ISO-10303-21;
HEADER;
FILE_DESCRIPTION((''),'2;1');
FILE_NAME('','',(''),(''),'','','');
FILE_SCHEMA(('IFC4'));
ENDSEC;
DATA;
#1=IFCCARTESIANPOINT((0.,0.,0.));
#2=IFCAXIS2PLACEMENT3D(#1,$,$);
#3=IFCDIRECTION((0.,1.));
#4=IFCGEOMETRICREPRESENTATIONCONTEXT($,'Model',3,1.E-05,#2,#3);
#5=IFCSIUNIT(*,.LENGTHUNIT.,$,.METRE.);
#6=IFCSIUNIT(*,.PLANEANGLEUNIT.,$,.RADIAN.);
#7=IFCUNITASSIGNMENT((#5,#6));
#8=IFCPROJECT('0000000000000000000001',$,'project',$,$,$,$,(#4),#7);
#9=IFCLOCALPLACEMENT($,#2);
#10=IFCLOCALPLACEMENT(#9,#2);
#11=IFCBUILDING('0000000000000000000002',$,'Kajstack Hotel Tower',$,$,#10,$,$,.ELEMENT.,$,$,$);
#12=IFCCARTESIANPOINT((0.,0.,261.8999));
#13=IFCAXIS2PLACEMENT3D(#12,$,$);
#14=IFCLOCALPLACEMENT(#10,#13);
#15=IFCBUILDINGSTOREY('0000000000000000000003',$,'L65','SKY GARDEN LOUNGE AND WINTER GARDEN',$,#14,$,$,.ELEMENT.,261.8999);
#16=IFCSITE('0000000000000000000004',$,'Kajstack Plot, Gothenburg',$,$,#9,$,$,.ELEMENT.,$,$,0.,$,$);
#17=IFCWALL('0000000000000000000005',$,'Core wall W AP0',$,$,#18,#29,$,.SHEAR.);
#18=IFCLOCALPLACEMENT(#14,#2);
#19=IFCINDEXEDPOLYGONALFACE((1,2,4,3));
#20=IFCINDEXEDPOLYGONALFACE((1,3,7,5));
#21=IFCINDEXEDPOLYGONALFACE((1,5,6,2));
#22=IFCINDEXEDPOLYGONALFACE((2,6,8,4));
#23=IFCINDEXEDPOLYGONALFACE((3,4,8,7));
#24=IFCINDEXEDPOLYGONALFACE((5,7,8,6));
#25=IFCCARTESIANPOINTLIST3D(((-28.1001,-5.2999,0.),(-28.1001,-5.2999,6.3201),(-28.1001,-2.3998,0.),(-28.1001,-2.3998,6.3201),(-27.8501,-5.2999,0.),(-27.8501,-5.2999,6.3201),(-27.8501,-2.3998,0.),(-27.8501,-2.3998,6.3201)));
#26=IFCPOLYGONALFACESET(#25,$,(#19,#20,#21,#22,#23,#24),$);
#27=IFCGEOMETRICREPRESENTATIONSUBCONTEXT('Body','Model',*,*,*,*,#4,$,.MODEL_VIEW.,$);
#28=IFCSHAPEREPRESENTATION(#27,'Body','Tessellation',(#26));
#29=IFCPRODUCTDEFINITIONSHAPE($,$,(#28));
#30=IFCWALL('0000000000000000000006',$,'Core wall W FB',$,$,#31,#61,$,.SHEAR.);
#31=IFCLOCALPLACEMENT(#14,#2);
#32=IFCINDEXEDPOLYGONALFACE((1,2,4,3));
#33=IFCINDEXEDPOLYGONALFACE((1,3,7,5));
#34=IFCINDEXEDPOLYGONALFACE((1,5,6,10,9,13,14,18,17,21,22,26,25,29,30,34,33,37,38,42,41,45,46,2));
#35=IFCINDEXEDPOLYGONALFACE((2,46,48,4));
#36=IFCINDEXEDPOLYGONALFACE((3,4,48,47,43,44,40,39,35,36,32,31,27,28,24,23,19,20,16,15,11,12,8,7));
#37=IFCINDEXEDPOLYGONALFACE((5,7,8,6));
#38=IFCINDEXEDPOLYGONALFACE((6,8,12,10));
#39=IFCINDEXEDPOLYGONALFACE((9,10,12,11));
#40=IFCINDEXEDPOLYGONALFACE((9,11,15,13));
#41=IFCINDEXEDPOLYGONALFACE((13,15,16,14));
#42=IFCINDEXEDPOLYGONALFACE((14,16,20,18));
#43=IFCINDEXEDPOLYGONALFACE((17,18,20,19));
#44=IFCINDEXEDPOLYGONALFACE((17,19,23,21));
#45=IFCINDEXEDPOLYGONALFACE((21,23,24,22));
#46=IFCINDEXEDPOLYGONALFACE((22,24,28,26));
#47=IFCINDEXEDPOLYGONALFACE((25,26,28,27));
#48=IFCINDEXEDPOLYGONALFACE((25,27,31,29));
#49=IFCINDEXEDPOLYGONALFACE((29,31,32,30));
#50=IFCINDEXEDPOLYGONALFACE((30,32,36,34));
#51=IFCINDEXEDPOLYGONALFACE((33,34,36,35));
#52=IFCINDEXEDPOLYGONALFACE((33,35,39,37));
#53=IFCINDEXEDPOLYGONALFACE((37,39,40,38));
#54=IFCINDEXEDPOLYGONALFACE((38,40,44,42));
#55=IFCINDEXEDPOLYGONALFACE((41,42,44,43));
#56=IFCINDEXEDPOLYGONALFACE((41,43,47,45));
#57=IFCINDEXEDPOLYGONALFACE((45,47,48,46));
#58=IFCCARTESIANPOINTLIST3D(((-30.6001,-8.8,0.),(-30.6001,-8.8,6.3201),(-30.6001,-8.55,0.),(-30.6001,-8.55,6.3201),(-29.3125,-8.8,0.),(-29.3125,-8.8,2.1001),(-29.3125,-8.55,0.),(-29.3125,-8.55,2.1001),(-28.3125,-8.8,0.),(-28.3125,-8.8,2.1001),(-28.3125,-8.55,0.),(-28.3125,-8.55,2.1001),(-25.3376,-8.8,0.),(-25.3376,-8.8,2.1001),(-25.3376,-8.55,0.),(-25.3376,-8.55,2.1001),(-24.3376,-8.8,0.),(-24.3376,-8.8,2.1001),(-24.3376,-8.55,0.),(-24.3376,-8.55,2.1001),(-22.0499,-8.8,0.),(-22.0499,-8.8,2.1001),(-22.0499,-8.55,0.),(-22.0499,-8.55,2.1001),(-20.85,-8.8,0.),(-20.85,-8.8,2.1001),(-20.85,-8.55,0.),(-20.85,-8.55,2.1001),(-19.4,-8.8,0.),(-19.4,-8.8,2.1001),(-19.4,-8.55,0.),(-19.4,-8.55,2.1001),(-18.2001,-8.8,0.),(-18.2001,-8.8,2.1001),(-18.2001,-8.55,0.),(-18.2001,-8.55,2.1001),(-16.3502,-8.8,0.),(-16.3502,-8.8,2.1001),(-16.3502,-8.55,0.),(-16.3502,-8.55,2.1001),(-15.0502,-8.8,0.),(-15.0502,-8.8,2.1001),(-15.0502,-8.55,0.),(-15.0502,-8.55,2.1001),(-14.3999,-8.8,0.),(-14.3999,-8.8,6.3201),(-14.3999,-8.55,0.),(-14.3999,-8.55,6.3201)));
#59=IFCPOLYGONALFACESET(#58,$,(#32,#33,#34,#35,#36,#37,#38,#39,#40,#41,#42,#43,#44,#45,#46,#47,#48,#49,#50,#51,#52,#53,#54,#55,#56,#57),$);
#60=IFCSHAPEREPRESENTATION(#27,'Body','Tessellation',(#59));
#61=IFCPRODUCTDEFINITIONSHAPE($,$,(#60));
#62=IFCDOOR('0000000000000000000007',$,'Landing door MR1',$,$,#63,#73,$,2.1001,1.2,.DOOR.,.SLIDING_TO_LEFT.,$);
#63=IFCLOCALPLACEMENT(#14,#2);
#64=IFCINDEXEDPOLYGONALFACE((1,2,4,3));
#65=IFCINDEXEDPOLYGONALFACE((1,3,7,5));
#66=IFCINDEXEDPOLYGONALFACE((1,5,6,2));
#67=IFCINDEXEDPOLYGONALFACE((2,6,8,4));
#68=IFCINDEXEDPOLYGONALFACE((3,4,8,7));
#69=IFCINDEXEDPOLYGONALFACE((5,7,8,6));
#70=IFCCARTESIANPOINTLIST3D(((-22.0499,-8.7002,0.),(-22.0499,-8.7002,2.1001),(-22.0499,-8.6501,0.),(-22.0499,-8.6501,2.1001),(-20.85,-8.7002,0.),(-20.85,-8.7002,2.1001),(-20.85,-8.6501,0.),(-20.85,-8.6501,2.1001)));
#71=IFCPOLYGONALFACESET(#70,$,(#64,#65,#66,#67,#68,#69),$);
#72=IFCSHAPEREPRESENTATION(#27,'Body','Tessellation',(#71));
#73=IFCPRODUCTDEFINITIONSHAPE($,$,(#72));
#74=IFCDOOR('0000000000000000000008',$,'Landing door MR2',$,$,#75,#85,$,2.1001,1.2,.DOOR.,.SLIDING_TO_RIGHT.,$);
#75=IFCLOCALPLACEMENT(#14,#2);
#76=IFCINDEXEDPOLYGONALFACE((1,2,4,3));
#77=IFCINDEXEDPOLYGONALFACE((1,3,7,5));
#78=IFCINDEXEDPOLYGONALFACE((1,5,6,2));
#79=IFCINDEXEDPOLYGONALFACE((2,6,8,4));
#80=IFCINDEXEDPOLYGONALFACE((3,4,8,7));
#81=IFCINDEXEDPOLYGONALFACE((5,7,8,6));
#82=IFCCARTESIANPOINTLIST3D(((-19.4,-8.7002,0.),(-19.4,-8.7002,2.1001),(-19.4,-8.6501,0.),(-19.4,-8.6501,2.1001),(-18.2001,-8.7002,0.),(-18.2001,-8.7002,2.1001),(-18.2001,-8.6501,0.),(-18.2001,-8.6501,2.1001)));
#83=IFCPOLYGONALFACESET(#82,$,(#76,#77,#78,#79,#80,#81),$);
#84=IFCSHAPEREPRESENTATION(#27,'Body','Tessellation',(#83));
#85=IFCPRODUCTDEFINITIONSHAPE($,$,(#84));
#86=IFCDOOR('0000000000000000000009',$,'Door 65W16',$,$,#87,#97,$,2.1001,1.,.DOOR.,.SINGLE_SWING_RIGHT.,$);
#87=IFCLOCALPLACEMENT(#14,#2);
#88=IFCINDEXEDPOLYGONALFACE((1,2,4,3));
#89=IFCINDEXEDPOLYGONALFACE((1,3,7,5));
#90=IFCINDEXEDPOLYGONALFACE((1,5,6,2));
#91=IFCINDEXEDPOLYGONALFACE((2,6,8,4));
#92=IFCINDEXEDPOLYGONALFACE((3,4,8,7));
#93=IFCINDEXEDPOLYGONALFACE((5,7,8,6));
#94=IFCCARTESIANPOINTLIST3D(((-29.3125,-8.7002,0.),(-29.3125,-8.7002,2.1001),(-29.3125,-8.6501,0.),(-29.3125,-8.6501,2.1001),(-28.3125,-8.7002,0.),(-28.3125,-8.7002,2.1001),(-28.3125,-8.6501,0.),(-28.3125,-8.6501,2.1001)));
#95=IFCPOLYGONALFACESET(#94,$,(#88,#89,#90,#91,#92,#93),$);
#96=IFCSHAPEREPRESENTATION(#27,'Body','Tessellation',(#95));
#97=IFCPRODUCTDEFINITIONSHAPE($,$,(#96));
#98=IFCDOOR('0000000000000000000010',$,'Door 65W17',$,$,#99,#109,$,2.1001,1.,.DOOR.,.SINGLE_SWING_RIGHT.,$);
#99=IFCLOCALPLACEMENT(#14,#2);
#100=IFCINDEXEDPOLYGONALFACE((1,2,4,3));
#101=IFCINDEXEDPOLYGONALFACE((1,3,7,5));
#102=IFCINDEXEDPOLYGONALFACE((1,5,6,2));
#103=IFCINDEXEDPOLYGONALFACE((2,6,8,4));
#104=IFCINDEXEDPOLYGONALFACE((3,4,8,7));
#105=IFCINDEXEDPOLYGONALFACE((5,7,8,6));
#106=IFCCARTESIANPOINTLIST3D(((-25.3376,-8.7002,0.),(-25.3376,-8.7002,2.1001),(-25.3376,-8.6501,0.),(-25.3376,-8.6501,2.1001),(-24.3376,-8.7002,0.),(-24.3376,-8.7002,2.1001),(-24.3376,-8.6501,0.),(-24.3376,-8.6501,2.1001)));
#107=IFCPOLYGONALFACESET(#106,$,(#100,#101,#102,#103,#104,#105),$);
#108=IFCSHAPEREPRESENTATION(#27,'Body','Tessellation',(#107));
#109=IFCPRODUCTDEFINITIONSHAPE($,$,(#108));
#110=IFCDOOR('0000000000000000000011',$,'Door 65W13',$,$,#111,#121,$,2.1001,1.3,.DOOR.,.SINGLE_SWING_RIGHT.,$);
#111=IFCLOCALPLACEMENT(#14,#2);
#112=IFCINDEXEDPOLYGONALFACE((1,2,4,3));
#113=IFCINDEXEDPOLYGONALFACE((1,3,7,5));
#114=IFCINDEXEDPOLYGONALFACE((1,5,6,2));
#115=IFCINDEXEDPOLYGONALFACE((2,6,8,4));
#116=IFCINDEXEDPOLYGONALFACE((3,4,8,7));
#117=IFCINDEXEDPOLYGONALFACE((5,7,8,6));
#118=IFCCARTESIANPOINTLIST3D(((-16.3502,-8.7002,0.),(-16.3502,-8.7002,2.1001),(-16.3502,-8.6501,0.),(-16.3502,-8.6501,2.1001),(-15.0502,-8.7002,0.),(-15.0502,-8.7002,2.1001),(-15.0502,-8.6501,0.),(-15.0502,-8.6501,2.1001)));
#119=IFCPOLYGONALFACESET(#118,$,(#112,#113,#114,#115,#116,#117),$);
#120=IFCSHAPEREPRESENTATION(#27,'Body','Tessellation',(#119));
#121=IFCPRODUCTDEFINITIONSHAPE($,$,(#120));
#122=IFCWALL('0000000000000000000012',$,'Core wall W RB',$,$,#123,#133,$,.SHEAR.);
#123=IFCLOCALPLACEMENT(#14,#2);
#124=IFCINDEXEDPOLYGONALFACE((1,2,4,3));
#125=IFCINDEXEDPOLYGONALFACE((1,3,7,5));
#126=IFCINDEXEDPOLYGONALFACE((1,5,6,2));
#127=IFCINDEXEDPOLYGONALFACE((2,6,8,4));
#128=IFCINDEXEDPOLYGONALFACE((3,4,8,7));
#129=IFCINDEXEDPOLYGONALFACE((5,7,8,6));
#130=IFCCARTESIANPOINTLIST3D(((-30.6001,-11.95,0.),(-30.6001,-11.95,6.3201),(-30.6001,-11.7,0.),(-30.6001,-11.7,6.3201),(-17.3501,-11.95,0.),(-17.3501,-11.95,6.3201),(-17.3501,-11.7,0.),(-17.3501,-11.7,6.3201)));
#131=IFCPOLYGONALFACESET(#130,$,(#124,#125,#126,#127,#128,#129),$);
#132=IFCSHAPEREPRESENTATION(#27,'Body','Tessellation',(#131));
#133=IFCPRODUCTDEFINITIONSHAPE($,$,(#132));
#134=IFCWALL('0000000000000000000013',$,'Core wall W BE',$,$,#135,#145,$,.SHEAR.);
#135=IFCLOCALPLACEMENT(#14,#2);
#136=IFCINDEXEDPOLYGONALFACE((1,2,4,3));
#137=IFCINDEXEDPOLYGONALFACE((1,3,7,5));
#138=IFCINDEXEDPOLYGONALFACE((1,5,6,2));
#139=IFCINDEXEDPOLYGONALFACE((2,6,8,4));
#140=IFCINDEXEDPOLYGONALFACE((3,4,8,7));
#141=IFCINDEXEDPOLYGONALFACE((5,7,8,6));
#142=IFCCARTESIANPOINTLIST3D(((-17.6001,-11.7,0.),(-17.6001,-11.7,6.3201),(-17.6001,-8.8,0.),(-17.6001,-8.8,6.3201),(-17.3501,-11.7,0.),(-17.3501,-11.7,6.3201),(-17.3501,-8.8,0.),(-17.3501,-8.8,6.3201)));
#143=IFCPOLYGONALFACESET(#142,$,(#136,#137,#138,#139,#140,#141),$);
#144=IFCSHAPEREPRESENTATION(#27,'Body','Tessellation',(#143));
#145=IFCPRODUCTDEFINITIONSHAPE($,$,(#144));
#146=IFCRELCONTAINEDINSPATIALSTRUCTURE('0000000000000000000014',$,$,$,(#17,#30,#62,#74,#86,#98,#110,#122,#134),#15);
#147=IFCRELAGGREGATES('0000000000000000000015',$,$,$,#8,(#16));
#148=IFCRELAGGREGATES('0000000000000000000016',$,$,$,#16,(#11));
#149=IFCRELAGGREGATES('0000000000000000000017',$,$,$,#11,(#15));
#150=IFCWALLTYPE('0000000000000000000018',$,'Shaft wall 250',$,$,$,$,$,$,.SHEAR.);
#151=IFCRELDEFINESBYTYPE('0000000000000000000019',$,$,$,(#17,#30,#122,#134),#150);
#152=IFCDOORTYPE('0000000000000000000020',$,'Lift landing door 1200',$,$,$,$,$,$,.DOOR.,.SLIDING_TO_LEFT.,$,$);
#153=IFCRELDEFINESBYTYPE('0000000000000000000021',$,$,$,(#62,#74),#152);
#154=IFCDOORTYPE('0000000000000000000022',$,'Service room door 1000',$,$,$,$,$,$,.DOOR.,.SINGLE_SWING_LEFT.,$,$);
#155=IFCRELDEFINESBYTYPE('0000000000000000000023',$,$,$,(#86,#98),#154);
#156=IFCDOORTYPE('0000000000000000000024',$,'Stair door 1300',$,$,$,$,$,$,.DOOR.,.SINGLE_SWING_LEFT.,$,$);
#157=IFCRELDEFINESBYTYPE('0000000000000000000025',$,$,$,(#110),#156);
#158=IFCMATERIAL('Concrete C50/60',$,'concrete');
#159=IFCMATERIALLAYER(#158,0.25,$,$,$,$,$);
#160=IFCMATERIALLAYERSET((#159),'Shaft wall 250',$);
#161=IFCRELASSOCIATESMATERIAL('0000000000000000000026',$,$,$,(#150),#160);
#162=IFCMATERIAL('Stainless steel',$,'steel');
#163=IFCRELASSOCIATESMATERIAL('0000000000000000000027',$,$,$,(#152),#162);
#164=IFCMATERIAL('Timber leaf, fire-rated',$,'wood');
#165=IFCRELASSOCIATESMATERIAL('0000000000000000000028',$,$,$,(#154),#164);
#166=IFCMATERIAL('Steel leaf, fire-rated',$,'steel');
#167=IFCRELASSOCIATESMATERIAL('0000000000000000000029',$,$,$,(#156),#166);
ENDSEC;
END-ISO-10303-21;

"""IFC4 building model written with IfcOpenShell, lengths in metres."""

from ifc_helpers import new_model, si_unit, direction, frame, frame_2d, origin, place, context, subcontext, project, spatial, rectangle, extrude, material, layer, layer_set, type_object, element, fill, save


model = new_model("IFC4")

# Units and contexts
model_context = context("Model", 3, precision=1e-05, world=origin(), true_north=direction((0.0, 1.0)))
body_context = subcontext(model_context, "Body", "Model", "MODEL_VIEW")
ifc_project = project(units=[si_unit("LENGTHUNIT", "METRE"), si_unit("PLANEANGLEUNIT", "RADIAN")], contexts=[model_context])

# Site, building, storey
site_placement = place(None, origin())
site = spatial("IfcSite", under=ifc_project, at=site_placement, Name="Kajstack Plot, Gothenburg", CompositionType="ELEMENT", RefElevation=0.0)
building_placement = place(site_placement, origin())
building = spatial("IfcBuilding", under=site, at=building_placement, Name="Kajstack Hotel Tower", CompositionType="ELEMENT")
storey_placement = place(building_placement, frame((0.0, 0.0, 261.8999)))
storey = spatial("IfcBuildingStorey", under=building, at=storey_placement, Name="L65", Description="SKY GARDEN LOUNGE AND WINTER GARDEN", CompositionType="ELEMENT", Elevation=261.8999)

# Shared definitions
ifc_material_1 = material(Name="Concrete C50/60", Category="concrete")

# Shared definitions
ifc_layer_1 = layer(ifc_material_1, 0.25)
ifc_layer_set_1 = layer_set([ifc_layer_1], Name="Shaft wall 250")
wall_type_1 = type_object("IfcWallType", Name="Shaft wall 250", PredefinedType="SHEAR", material=ifc_layer_set_1)
ifc_material_2 = material(Name="Stainless steel", Category="steel")
door_type_1 = type_object("IfcDoorType", Name="Lift landing door 1200", OperationType="SLIDING_TO_LEFT", PredefinedType="DOOR", material=ifc_material_2)

# Wall
wall_1_placement = place(storey_placement, frame((-27.9751, -5.3, 0.0), z_axis=(0.0, 0.0, 1.0), x_axis=(0.0, 1.0, 0.0)))
element("IfcWall", 1, at=wall_1_placement, inside=storey, type_object=wall_type_1, Name="Core wall W AP0", PredefinedType="SHEAR", context=body_context, shape_type="SweptSolid", body=[
    extrude(rectangle(XDim=2.9001, YDim=0.25, at=frame_2d((1.4502, 0.0))), origin(), (0.0, 0.0, 1.0), 6.3201),
])

# Wall, openings, doors
wall_2_placement = place(storey_placement, frame((-30.6001, -8.675, 0.0), z_axis=(0.0, 0.0, 1.0), x_axis=(1.0, 0.0, 0.0)))
wall_2 = element("IfcWall", 2, at=wall_2_placement, inside=storey, type_object=wall_type_1, Name="Core wall W FB", PredefinedType="SHEAR", context=body_context, shape_type="SweptSolid", body=[
    extrude(rectangle(XDim=16.2002, YDim=0.25, at=frame_2d((8.1001, 0.0))), origin(), (0.0, 0.0, 1.0), 6.3201),
])
opening_1_placement = place(wall_2_placement, frame((8.55, 0.0, 0.0)))
opening_1 = element("IfcOpeningElement", 3, at=opening_1_placement, cuts=wall_2, PredefinedType="OPENING", context=body_context, shape_type="SweptSolid", body=[
    extrude(rectangle(XDim=1.2, YDim=2.1001, at=frame_2d((0.6001, 1.05))), frame((0.0, 0.135, 0.0), z_axis=(0.0, -1.0, 0.0), x_axis=(1.0, 0.0, 0.0)), (0.0, 0.0, 1.0), 0.27),
])
opening_2_placement = place(wall_2_placement, frame((11.2, 0.0, 0.0)))
opening_2 = element("IfcOpeningElement", 4, at=opening_2_placement, cuts=wall_2, PredefinedType="OPENING", context=body_context, shape_type="SweptSolid", body=[
    extrude(rectangle(XDim=1.2, YDim=2.1001, at=frame_2d((0.6001, 1.05))), frame((0.0, 0.135, 0.0), z_axis=(0.0, -1.0, 0.0), x_axis=(1.0, 0.0, 0.0)), (0.0, 0.0, 1.0), 0.27),
])
opening_3_placement = place(wall_2_placement, frame((14.25, 0.0, 0.0)))
opening_3 = element("IfcOpeningElement", 5, at=opening_3_placement, cuts=wall_2, PredefinedType="OPENING", context=body_context, shape_type="SweptSolid", body=[
    extrude(rectangle(XDim=1.3, YDim=2.1001, at=frame_2d((0.6499, 1.05))), frame((0.0, 0.135, 0.0), z_axis=(0.0, -1.0, 0.0), x_axis=(1.0, 0.0, 0.0)), (0.0, 0.0, 1.0), 0.27),
])
opening_4_placement = place(wall_2_placement, frame((1.2876, 0.0, 0.0)))
opening_4 = element("IfcOpeningElement", 6, at=opening_4_placement, cuts=wall_2, PredefinedType="OPENING", context=body_context, shape_type="SweptSolid", body=[
    extrude(rectangle(XDim=1.0, YDim=2.1001, at=frame_2d((0.5, 1.05))), frame((0.0, 0.135, 0.0), z_axis=(0.0, -1.0, 0.0), x_axis=(1.0, 0.0, 0.0)), (0.0, 0.0, 1.0), 0.27),
])
opening_5_placement = place(wall_2_placement, frame((5.2625, 0.0, 0.0)))
opening_5 = element("IfcOpeningElement", 7, at=opening_5_placement, cuts=wall_2, PredefinedType="OPENING", context=body_context, shape_type="SweptSolid", body=[
    extrude(rectangle(XDim=1.0, YDim=2.1001, at=frame_2d((0.5, 1.05))), frame((0.0, 0.135, 0.0), z_axis=(0.0, -1.0, 0.0), x_axis=(1.0, 0.0, 0.0)), (0.0, 0.0, 1.0), 0.27),
])
door_1_placement = place(opening_1_placement, origin())
door_1 = element("IfcDoor", 8, at=door_1_placement, inside=storey, type_object=door_type_1, Name="Landing door MR1", OperationType="SLIDING_TO_LEFT", OverallHeight=2.1001, OverallWidth=1.2, PredefinedType="DOOR", context=body_context, shape_type="SweptSolid", body=[
    extrude(rectangle(XDim=1.2, YDim=2.1001, at=frame_2d((0.6001, 1.05))), frame((0.0, 0.0249, 0.0), z_axis=(0.0, -1.0, 0.0), x_axis=(1.0, 0.0, 0.0)), (0.0, 0.0, 1.0), 0.05),
])
fill(opening_1, door_1)
door_2_placement = place(opening_2_placement, origin())
door_2 = element("IfcDoor", 9, at=door_2_placement, inside=storey, type_object=door_type_1, Name="Landing door MR2", OperationType="SLIDING_TO_RIGHT", OverallHeight=2.1001, OverallWidth=1.2, PredefinedType="DOOR", context=body_context, shape_type="SweptSolid", body=[
    extrude(rectangle(XDim=1.2, YDim=2.1001, at=frame_2d((0.6001, 1.05))), frame((0.0, 0.0249, 0.0), z_axis=(0.0, -1.0, 0.0), x_axis=(1.0, 0.0, 0.0)), (0.0, 0.0, 1.0), 0.05),
])
fill(opening_2, door_2)
ifc_material_3 = material(Name="Timber leaf, fire-rated", Category="wood")
door_type_2 = type_object("IfcDoorType", Name="Service room door 1000", OperationType="SINGLE_SWING_LEFT", PredefinedType="DOOR", material=ifc_material_3)
door_3_placement = place(opening_4_placement, origin())
door_3 = element("IfcDoor", 10, at=door_3_placement, inside=storey, type_object=door_type_2, Name="Door 65W16", OperationType="SINGLE_SWING_RIGHT", OverallHeight=2.1001, OverallWidth=1.0, PredefinedType="DOOR", context=body_context, shape_type="SweptSolid", body=[
    extrude(rectangle(XDim=1.0, YDim=2.1001, at=frame_2d((0.5, 1.05))), frame((0.0, 0.0249, 0.0), z_axis=(0.0, -1.0, 0.0), x_axis=(1.0, 0.0, 0.0)), (0.0, 0.0, 1.0), 0.05),
])
fill(opening_4, door_3)
door_4_placement = place(opening_5_placement, origin())
door_4 = element("IfcDoor", 11, at=door_4_placement, inside=storey, type_object=door_type_2, Name="Door 65W17", OperationType="SINGLE_SWING_RIGHT", OverallHeight=2.1001, OverallWidth=1.0, PredefinedType="DOOR", context=body_context, shape_type="SweptSolid", body=[
    extrude(rectangle(XDim=1.0, YDim=2.1001, at=frame_2d((0.5, 1.05))), frame((0.0, 0.0249, 0.0), z_axis=(0.0, -1.0, 0.0), x_axis=(1.0, 0.0, 0.0)), (0.0, 0.0, 1.0), 0.05),
])
fill(opening_5, door_4)
ifc_material_4 = material(Name="Steel leaf, fire-rated", Category="steel")
door_type_3 = type_object("IfcDoorType", Name="Stair door 1300", OperationType="SINGLE_SWING_LEFT", PredefinedType="DOOR", material=ifc_material_4)
door_5_placement = place(opening_3_placement, origin())
door_5 = element("IfcDoor", 12, at=door_5_placement, inside=storey, type_object=door_type_3, Name="Door 65W13", OperationType="SINGLE_SWING_RIGHT", OverallHeight=2.1001, OverallWidth=1.3, PredefinedType="DOOR", context=body_context, shape_type="SweptSolid", body=[
    extrude(rectangle(XDim=1.3, YDim=2.1001, at=frame_2d((0.6499, 1.05))), frame((0.0, 0.0249, 0.0), z_axis=(0.0, -1.0, 0.0), x_axis=(1.0, 0.0, 0.0)), (0.0, 0.0, 1.0), 0.05),
])
fill(opening_3, door_5)

# Walls
wall_3_placement = place(storey_placement, frame((-30.6001, -11.825, 0.0), z_axis=(0.0, 0.0, 1.0), x_axis=(1.0, 0.0, 0.0)))
element("IfcWall", 13, at=wall_3_placement, inside=storey, type_object=wall_type_1, Name="Core wall W RB", PredefinedType="SHEAR", context=body_context, shape_type="SweptSolid", body=[
    extrude(rectangle(XDim=13.25, YDim=0.25, at=frame_2d((6.625, 0.0))), origin(), (0.0, 0.0, 1.0), 6.3201),
])
wall_4_placement = place(storey_placement, frame((-17.4751, -11.7, 0.0), z_axis=(0.0, 0.0, 1.0), x_axis=(0.0, 1.0, 0.0)))
element("IfcWall", 14, at=wall_4_placement, inside=storey, type_object=wall_type_1, Name="Core wall W BE", PredefinedType="SHEAR", context=body_context, shape_type="SweptSolid", body=[
    extrude(rectangle(XDim=2.8999, YDim=0.25, at=frame_2d((1.45, 0.0))), origin(), (0.0, 0.0, 1.0), 6.3201),
])

save(model, "model.ifc")
